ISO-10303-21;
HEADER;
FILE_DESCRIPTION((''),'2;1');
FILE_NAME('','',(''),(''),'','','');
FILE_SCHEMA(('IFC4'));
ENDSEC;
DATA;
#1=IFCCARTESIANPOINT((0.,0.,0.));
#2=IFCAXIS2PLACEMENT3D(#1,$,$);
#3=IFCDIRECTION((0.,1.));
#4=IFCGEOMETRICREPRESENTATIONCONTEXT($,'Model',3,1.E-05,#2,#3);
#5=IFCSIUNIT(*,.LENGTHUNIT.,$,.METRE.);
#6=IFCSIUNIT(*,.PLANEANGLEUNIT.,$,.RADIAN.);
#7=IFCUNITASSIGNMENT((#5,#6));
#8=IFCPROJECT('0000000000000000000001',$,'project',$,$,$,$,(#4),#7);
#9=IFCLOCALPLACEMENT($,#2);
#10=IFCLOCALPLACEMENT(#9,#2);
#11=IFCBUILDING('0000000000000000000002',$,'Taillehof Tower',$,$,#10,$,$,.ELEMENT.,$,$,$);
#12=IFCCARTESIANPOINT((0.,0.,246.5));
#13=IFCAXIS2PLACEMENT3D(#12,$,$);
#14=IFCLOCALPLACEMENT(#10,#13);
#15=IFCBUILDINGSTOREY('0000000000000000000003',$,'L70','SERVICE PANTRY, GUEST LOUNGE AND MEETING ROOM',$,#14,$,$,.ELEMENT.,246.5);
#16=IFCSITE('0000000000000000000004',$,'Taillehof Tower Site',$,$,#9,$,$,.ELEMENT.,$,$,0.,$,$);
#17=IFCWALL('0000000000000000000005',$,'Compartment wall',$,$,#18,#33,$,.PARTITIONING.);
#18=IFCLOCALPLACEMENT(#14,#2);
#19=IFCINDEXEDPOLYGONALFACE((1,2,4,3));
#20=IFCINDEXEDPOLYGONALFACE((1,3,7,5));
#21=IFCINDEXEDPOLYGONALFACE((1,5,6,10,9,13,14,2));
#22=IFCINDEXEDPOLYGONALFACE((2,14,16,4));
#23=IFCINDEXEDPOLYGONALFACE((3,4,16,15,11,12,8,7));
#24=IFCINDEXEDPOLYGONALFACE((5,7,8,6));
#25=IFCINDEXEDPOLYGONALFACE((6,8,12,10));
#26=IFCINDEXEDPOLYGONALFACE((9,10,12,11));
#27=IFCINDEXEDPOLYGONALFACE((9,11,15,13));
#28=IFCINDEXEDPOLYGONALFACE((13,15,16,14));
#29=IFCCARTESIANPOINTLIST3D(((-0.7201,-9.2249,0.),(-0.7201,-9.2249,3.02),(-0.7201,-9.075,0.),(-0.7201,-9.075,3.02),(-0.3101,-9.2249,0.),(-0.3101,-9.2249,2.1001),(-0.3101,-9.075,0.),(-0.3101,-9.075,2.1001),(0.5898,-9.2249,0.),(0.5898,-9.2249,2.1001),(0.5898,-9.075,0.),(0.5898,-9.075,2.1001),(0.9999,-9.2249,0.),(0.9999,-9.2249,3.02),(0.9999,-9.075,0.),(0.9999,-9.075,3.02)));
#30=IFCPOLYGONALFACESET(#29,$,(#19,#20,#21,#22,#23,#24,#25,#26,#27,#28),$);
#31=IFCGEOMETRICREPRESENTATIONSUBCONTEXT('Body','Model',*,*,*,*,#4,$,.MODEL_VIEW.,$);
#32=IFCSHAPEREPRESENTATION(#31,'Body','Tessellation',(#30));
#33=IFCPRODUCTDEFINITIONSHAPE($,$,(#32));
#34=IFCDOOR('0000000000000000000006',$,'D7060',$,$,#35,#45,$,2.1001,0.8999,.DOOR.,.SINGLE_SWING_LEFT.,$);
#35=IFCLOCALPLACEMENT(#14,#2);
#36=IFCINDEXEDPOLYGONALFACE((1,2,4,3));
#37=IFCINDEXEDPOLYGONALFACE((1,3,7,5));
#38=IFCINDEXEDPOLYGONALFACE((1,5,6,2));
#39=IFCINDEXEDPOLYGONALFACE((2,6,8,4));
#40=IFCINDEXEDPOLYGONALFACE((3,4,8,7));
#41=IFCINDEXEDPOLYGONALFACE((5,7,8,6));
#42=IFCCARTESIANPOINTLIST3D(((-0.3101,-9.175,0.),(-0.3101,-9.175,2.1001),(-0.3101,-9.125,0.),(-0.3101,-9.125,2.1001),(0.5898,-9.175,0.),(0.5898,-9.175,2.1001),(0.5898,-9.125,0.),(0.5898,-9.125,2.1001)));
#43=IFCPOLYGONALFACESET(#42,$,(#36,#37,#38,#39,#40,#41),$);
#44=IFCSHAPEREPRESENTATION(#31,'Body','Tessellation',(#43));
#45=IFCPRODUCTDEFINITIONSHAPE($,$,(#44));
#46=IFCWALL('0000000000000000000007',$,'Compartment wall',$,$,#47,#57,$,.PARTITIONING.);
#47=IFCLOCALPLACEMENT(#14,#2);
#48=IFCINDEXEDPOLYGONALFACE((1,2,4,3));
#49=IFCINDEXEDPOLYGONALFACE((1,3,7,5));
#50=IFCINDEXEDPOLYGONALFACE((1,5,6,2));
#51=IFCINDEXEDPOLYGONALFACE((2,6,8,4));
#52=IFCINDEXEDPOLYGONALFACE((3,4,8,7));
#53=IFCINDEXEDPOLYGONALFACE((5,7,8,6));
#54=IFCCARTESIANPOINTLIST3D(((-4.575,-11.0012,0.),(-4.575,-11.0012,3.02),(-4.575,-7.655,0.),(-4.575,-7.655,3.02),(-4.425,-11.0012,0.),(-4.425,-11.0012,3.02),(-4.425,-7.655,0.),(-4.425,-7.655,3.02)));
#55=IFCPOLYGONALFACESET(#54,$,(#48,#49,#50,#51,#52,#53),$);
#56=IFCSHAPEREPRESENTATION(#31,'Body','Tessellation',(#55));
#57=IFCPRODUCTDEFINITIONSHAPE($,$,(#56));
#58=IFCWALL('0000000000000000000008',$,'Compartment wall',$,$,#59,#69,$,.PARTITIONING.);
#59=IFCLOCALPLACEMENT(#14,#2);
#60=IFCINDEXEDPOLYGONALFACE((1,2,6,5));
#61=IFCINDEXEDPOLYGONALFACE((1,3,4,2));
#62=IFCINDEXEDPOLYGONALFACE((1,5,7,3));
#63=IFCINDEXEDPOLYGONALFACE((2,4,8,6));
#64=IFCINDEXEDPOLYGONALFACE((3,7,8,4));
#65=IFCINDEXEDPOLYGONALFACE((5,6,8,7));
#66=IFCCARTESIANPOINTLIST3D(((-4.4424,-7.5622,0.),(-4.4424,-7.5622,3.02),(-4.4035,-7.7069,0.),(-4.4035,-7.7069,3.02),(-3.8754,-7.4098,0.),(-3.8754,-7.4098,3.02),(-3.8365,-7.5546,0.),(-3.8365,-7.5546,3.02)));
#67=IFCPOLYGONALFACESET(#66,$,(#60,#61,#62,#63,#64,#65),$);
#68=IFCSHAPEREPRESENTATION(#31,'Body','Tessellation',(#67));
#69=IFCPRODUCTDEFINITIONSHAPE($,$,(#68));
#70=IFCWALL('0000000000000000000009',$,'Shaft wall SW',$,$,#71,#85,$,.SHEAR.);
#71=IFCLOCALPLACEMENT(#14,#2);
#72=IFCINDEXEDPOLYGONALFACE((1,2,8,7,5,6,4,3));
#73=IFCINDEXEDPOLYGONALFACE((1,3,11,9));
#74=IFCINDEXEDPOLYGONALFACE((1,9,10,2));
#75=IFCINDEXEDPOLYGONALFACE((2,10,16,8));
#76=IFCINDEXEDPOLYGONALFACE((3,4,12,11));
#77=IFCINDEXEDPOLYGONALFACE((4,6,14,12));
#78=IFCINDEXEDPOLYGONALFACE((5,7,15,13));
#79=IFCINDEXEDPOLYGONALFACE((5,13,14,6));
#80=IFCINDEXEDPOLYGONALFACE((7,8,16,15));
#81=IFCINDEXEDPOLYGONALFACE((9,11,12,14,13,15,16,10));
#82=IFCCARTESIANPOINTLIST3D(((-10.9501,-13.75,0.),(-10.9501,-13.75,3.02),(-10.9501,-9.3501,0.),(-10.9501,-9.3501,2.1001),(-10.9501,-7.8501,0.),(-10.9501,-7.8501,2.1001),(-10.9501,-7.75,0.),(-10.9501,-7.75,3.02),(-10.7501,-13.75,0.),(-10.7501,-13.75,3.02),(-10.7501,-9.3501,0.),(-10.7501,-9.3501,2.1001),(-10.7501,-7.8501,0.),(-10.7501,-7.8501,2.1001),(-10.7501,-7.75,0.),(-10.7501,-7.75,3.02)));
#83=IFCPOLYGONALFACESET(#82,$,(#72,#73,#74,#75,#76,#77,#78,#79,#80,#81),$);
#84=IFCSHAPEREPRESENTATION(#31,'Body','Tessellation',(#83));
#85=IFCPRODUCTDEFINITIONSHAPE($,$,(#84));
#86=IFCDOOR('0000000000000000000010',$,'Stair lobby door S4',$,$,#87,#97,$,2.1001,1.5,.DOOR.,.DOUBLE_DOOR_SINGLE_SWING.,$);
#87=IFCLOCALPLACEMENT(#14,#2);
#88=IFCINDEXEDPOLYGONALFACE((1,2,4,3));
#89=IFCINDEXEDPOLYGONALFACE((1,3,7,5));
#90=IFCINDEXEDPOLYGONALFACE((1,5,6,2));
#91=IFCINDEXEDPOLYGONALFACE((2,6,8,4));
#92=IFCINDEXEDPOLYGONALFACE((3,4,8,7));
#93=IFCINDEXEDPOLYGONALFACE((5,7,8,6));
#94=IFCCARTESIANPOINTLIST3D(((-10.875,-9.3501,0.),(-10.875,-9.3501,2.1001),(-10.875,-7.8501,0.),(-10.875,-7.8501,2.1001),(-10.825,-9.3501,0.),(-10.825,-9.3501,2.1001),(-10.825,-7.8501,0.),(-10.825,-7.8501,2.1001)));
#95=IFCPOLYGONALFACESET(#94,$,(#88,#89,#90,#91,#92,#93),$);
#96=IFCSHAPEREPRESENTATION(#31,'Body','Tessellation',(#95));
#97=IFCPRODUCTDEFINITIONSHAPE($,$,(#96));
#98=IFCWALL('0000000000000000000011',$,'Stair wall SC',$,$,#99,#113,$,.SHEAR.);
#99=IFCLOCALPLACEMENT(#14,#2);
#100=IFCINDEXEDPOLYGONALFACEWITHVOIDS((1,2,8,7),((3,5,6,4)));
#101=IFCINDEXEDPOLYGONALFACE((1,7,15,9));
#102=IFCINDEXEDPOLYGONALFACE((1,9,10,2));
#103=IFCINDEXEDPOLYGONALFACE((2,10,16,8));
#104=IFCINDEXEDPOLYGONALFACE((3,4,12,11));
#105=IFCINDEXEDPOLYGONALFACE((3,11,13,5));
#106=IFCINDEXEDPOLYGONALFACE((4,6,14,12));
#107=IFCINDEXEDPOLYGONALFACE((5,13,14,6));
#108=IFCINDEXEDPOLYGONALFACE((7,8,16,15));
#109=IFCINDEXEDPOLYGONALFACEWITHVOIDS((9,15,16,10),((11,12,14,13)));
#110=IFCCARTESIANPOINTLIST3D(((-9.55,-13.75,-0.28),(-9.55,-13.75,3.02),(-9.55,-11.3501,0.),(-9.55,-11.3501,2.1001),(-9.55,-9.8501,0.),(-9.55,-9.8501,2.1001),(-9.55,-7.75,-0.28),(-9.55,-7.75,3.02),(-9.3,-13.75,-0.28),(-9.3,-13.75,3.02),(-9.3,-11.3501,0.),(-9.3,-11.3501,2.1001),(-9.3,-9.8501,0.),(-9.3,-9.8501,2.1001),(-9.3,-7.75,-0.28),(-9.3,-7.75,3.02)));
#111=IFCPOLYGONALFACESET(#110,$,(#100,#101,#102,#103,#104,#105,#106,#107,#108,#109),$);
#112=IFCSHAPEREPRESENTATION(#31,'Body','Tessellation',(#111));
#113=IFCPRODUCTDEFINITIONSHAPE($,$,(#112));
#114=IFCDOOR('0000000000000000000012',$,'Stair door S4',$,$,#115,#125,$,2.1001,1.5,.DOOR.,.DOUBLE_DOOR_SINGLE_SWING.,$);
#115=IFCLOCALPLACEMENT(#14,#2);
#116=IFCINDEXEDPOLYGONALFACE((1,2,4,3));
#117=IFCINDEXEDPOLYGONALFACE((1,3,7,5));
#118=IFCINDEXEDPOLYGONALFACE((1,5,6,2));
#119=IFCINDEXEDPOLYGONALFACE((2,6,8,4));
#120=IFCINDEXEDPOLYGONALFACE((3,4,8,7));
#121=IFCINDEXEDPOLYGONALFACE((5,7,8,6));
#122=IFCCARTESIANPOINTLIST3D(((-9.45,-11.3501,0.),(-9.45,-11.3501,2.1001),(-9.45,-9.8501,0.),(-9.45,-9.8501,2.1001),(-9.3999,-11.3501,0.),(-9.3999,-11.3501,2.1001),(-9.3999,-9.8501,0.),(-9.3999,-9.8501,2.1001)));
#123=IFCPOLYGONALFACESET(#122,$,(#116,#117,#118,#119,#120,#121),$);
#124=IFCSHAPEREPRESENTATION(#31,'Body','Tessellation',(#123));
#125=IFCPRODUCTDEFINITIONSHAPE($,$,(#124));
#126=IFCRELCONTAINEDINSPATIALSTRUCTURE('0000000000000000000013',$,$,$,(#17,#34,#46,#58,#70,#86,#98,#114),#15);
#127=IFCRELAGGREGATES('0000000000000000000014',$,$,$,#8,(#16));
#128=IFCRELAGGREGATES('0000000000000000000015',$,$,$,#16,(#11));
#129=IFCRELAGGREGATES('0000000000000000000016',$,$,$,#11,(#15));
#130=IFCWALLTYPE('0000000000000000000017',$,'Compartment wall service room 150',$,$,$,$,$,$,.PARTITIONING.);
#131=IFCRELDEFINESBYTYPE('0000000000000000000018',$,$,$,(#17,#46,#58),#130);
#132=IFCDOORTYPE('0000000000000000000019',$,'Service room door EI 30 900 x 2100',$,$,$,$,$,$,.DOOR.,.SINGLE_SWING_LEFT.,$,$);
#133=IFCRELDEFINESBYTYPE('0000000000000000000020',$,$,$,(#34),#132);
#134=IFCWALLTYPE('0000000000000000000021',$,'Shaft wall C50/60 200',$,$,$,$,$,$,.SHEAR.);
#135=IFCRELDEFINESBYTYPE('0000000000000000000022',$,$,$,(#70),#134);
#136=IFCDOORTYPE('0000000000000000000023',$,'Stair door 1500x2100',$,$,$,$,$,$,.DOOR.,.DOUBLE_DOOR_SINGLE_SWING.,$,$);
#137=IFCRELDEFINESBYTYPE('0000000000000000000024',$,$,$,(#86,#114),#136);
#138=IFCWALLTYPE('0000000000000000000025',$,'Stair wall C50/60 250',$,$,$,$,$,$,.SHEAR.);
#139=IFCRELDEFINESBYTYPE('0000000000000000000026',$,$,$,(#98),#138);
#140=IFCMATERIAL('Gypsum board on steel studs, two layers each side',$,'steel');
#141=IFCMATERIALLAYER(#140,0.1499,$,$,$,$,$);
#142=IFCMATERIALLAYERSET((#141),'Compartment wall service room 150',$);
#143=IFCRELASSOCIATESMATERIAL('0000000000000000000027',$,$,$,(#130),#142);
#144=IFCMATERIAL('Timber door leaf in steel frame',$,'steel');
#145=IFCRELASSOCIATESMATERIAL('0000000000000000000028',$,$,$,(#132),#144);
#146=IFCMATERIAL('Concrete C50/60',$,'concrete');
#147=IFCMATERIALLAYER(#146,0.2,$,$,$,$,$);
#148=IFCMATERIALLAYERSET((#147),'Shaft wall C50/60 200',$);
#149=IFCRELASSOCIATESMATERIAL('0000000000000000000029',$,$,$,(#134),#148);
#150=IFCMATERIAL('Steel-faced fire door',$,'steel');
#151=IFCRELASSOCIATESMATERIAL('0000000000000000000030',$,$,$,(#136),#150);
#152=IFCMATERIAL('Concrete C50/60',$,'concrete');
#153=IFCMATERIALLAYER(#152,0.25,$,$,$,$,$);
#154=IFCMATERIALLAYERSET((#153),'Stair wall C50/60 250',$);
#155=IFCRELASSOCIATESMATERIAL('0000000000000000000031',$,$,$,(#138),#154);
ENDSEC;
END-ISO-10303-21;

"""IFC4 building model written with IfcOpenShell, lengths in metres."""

from ifc_helpers import new_model, si_unit, direction, frame, frame_2d, origin, place, context, subcontext, project, spatial, rectangle, extrude, material, layer, layer_set, type_object, element, fill, save


model = new_model("IFC4")

# Units and contexts
model_context = context("Model", 3, precision=1e-05, world=origin(), true_north=direction((0.0, 1.0)))
body_context = subcontext(model_context, "Body", "Model", "MODEL_VIEW")
ifc_project = project(units=[si_unit("LENGTHUNIT", "METRE"), si_unit("PLANEANGLEUNIT", "RADIAN")], contexts=[model_context])

# Site, building, storey
site_placement = place(None, origin())
site = spatial("IfcSite", under=ifc_project, at=site_placement, Name="Taillehof Tower Site", CompositionType="ELEMENT", RefElevation=0.0)
building_placement = place(site_placement, origin())
building = spatial("IfcBuilding", under=site, at=building_placement, Name="Taillehof Tower", CompositionType="ELEMENT")
storey_placement = place(building_placement, frame((0.0, 0.0, 246.5)))
storey = spatial("IfcBuildingStorey", under=building, at=storey_placement, Name="L70", Description="SERVICE PANTRY, GUEST LOUNGE AND MEETING ROOM", CompositionType="ELEMENT", Elevation=246.5)

# Shared definitions
ifc_material_1 = material(Name="Gypsum board on steel studs, two layers each side", Category="steel")
ifc_layer_1 = layer(ifc_material_1, 0.1499)
ifc_layer_set_1 = layer_set([ifc_layer_1], Name="Compartment wall service room 150")
wall_type_1 = type_object("IfcWallType", Name="Compartment wall service room 150", PredefinedType="PARTITIONING", material=ifc_layer_set_1)

# Wall, opening, door
wall_1_placement = place(storey_placement, frame((-0.72, -9.1499, 0.0), z_axis=(0.0, 0.0, 1.0), x_axis=(1.0, 0.0, 0.0)))
wall_1 = element("IfcWall", 1, at=wall_1_placement, inside=storey, type_object=wall_type_1, Name="Compartment wall", PredefinedType="PARTITIONING", context=body_context, shape_type="SweptSolid", body=[
    extrude(rectangle(XDim=1.72, YDim=0.1499, at=frame_2d((0.8599, 0.0))), origin(), (0.0, 0.0, 1.0), 3.02),
])
opening_1_placement = place(wall_1_placement, frame((0.4099, 0.0, 0.0)))
opening_1 = element("IfcOpeningElement", 2, at=opening_1_placement, cuts=wall_1, PredefinedType="OPENING", context=body_context, shape_type="SweptSolid", body=[
    extrude(rectangle(XDim=0.8999, YDim=2.1001, at=frame_2d((0.45, 1.05))), frame((0.0, 0.085, 0.0), z_axis=(0.0, -1.0, 0.0), x_axis=(1.0, 0.0, 0.0)), (0.0, 0.0, 1.0), 0.1699),
])
ifc_material_2 = material(Name="Timber door leaf in steel frame", Category="steel")
door_type_1 = type_object("IfcDoorType", Name="Service room door EI 30 900 x 2100", OperationType="SINGLE_SWING_LEFT", PredefinedType="DOOR", material=ifc_material_2)
door_1_placement = place(opening_1_placement, origin())
door_1 = element("IfcDoor", 3, at=door_1_placement, inside=storey, type_object=door_type_1, Name="D7060", OperationType="SINGLE_SWING_LEFT", OverallHeight=2.1001, OverallWidth=0.8999, PredefinedType="DOOR", context=body_context, shape_type="SweptSolid", body=[
    extrude(rectangle(XDim=0.8999, YDim=2.1001, at=frame_2d((0.45, 1.05))), frame((0.0, 0.0249, 0.0), z_axis=(0.0, -1.0, 0.0), x_axis=(1.0, 0.0, 0.0)), (0.0, 0.0, 1.0), 0.05),
])
fill(opening_1, door_1)

# Walls
wall_2_placement = place(storey_placement, frame((-4.5, -11.0012, 0.0), z_axis=(0.0, 0.0, 1.0), x_axis=(0.0, 1.0, 0.0)))
element("IfcWall", 4, at=wall_2_placement, inside=storey, type_object=wall_type_1, Name="Compartment wall", PredefinedType="PARTITIONING", context=body_context, shape_type="SweptSolid", body=[
    extrude(rectangle(XDim=3.3462, YDim=0.1499, at=frame_2d((1.6731, 0.0))), origin(), (0.0, 0.0, 1.0), 3.02),
])
wall_3_placement = place(storey_placement, frame((-4.4229, -7.6345, 0.0), z_axis=(0.0, 0.0, 1.0), x_axis=(0.965764, 0.259422, 0.0)))
element("IfcWall", 5, at=wall_3_placement, inside=storey, type_object=wall_type_1, Name="Compartment wall", PredefinedType="PARTITIONING", context=body_context, shape_type="SweptSolid", body=[
    extrude(rectangle(XDim=0.5872, YDim=0.1499, at=frame_2d((0.2935, 0.0))), origin(), (0.0, 0.0, 1.0), 3.02),
])

# Walls, openings, doors
ifc_material_3 = material(Name="Concrete C50/60", Category="concrete")
ifc_layer_2 = layer(ifc_material_3, 0.2)
ifc_layer_set_2 = layer_set([ifc_layer_2], Name="Shaft wall C50/60 200")
wall_type_2 = type_object("IfcWallType", Name="Shaft wall C50/60 200", PredefinedType="SHEAR", material=ifc_layer_set_2)
wall_4_placement = place(storey_placement, frame((-10.8501, -13.75, 0.0), z_axis=(0.0, 0.0, 1.0), x_axis=(0.0, 1.0, 0.0)))
wall_4 = element("IfcWall", 6, at=wall_4_placement, inside=storey, type_object=wall_type_2, Name="Shaft wall SW", PredefinedType="SHEAR", context=body_context, shape_type="SweptSolid", body=[
    extrude(rectangle(XDim=6.0, YDim=0.2, at=frame_2d((3.0, 0.0))), origin(), (0.0, 0.0, 1.0), 3.02),
])
opening_2_placement = place(wall_4_placement, frame((4.3999, 0.0, 0.0)))
opening_2 = element("IfcOpeningElement", 7, at=opening_2_placement, cuts=wall_4, PredefinedType="OPENING", context=body_context, shape_type="SweptSolid", body=[
    extrude(rectangle(XDim=1.5, YDim=2.1001, at=frame_2d((0.75, 1.05))), frame((0.0, 0.1099, 0.0), z_axis=(0.0, -1.0, 0.0), x_axis=(1.0, 0.0, 0.0)), (0.0, 0.0, 1.0), 0.22),
])
ifc_material_4 = material(Name="Steel-faced fire door", Category="steel")
door_type_2 = type_object("IfcDoorType", Name="Stair door 1500x2100", OperationType="DOUBLE_DOOR_SINGLE_SWING", PredefinedType="DOOR", material=ifc_material_4)
door_2_placement = place(opening_2_placement, origin())
door_2 = element("IfcDoor", 8, at=door_2_placement, inside=storey, type_object=door_type_2, Name="Stair lobby door S4", OperationType="DOUBLE_DOOR_SINGLE_SWING", OverallHeight=2.1001, OverallWidth=1.5, PredefinedType="DOOR", context=body_context, shape_type="SweptSolid", body=[
    extrude(rectangle(XDim=1.5, YDim=2.1001, at=frame_2d((0.75, 1.05))), frame((0.0, 0.0249, 0.0), z_axis=(0.0, -1.0, 0.0), x_axis=(1.0, 0.0, 0.0)), (0.0, 0.0, 1.0), 0.05),
])
fill(opening_2, door_2)
ifc_material_5 = material(Name="Concrete C50/60", Category="concrete")
ifc_layer_3 = layer(ifc_material_5, 0.25)
ifc_layer_set_3 = layer_set([ifc_layer_3], Name="Stair wall C50/60 250")
wall_type_3 = type_object("IfcWallType", Name="Stair wall C50/60 250", PredefinedType="SHEAR", material=ifc_layer_set_3)
wall_5_placement = place(storey_placement, frame((-9.425, -13.75, -0.28), z_axis=(0.0, 0.0, 1.0), x_axis=(0.0, 1.0, 0.0)))
wall_5 = element("IfcWall", 9, at=wall_5_placement, inside=storey, type_object=wall_type_3, Name="Stair wall SC", PredefinedType="SHEAR", context=body_context, shape_type="SweptSolid", body=[
    extrude(rectangle(XDim=6.0, YDim=0.25, at=frame_2d((3.0, 0.0))), origin(), (0.0, 0.0, 1.0), 3.3),
])
opening_3_placement = place(wall_5_placement, frame((2.3999, 0.0, 0.28)))
opening_3 = element("IfcOpeningElement", 10, at=opening_3_placement, cuts=wall_5, PredefinedType="OPENING", context=body_context, shape_type="SweptSolid", body=[
    extrude(rectangle(XDim=1.5, YDim=2.1001, at=frame_2d((0.75, 1.05))), frame((0.0, 0.135, 0.0), z_axis=(0.0, -1.0, 0.0), x_axis=(1.0, 0.0, 0.0)), (0.0, 0.0, 1.0), 0.27),
])
door_3_placement = place(opening_3_placement, origin())
door_3 = element("IfcDoor", 11, at=door_3_placement, inside=storey, type_object=door_type_2, Name="Stair door S4", OperationType="DOUBLE_DOOR_SINGLE_SWING", OverallHeight=2.1001, OverallWidth=1.5, PredefinedType="DOOR", context=body_context, shape_type="SweptSolid", body=[
    extrude(rectangle(XDim=1.5, YDim=2.1001, at=frame_2d((0.75, 1.05))), frame((0.0, 0.0249, 0.0), z_axis=(0.0, -1.0, 0.0), x_axis=(1.0, 0.0, 0.0)), (0.0, 0.0, 1.0), 0.05),
])
fill(opening_3, door_3)

save(model, "model.ifc")
